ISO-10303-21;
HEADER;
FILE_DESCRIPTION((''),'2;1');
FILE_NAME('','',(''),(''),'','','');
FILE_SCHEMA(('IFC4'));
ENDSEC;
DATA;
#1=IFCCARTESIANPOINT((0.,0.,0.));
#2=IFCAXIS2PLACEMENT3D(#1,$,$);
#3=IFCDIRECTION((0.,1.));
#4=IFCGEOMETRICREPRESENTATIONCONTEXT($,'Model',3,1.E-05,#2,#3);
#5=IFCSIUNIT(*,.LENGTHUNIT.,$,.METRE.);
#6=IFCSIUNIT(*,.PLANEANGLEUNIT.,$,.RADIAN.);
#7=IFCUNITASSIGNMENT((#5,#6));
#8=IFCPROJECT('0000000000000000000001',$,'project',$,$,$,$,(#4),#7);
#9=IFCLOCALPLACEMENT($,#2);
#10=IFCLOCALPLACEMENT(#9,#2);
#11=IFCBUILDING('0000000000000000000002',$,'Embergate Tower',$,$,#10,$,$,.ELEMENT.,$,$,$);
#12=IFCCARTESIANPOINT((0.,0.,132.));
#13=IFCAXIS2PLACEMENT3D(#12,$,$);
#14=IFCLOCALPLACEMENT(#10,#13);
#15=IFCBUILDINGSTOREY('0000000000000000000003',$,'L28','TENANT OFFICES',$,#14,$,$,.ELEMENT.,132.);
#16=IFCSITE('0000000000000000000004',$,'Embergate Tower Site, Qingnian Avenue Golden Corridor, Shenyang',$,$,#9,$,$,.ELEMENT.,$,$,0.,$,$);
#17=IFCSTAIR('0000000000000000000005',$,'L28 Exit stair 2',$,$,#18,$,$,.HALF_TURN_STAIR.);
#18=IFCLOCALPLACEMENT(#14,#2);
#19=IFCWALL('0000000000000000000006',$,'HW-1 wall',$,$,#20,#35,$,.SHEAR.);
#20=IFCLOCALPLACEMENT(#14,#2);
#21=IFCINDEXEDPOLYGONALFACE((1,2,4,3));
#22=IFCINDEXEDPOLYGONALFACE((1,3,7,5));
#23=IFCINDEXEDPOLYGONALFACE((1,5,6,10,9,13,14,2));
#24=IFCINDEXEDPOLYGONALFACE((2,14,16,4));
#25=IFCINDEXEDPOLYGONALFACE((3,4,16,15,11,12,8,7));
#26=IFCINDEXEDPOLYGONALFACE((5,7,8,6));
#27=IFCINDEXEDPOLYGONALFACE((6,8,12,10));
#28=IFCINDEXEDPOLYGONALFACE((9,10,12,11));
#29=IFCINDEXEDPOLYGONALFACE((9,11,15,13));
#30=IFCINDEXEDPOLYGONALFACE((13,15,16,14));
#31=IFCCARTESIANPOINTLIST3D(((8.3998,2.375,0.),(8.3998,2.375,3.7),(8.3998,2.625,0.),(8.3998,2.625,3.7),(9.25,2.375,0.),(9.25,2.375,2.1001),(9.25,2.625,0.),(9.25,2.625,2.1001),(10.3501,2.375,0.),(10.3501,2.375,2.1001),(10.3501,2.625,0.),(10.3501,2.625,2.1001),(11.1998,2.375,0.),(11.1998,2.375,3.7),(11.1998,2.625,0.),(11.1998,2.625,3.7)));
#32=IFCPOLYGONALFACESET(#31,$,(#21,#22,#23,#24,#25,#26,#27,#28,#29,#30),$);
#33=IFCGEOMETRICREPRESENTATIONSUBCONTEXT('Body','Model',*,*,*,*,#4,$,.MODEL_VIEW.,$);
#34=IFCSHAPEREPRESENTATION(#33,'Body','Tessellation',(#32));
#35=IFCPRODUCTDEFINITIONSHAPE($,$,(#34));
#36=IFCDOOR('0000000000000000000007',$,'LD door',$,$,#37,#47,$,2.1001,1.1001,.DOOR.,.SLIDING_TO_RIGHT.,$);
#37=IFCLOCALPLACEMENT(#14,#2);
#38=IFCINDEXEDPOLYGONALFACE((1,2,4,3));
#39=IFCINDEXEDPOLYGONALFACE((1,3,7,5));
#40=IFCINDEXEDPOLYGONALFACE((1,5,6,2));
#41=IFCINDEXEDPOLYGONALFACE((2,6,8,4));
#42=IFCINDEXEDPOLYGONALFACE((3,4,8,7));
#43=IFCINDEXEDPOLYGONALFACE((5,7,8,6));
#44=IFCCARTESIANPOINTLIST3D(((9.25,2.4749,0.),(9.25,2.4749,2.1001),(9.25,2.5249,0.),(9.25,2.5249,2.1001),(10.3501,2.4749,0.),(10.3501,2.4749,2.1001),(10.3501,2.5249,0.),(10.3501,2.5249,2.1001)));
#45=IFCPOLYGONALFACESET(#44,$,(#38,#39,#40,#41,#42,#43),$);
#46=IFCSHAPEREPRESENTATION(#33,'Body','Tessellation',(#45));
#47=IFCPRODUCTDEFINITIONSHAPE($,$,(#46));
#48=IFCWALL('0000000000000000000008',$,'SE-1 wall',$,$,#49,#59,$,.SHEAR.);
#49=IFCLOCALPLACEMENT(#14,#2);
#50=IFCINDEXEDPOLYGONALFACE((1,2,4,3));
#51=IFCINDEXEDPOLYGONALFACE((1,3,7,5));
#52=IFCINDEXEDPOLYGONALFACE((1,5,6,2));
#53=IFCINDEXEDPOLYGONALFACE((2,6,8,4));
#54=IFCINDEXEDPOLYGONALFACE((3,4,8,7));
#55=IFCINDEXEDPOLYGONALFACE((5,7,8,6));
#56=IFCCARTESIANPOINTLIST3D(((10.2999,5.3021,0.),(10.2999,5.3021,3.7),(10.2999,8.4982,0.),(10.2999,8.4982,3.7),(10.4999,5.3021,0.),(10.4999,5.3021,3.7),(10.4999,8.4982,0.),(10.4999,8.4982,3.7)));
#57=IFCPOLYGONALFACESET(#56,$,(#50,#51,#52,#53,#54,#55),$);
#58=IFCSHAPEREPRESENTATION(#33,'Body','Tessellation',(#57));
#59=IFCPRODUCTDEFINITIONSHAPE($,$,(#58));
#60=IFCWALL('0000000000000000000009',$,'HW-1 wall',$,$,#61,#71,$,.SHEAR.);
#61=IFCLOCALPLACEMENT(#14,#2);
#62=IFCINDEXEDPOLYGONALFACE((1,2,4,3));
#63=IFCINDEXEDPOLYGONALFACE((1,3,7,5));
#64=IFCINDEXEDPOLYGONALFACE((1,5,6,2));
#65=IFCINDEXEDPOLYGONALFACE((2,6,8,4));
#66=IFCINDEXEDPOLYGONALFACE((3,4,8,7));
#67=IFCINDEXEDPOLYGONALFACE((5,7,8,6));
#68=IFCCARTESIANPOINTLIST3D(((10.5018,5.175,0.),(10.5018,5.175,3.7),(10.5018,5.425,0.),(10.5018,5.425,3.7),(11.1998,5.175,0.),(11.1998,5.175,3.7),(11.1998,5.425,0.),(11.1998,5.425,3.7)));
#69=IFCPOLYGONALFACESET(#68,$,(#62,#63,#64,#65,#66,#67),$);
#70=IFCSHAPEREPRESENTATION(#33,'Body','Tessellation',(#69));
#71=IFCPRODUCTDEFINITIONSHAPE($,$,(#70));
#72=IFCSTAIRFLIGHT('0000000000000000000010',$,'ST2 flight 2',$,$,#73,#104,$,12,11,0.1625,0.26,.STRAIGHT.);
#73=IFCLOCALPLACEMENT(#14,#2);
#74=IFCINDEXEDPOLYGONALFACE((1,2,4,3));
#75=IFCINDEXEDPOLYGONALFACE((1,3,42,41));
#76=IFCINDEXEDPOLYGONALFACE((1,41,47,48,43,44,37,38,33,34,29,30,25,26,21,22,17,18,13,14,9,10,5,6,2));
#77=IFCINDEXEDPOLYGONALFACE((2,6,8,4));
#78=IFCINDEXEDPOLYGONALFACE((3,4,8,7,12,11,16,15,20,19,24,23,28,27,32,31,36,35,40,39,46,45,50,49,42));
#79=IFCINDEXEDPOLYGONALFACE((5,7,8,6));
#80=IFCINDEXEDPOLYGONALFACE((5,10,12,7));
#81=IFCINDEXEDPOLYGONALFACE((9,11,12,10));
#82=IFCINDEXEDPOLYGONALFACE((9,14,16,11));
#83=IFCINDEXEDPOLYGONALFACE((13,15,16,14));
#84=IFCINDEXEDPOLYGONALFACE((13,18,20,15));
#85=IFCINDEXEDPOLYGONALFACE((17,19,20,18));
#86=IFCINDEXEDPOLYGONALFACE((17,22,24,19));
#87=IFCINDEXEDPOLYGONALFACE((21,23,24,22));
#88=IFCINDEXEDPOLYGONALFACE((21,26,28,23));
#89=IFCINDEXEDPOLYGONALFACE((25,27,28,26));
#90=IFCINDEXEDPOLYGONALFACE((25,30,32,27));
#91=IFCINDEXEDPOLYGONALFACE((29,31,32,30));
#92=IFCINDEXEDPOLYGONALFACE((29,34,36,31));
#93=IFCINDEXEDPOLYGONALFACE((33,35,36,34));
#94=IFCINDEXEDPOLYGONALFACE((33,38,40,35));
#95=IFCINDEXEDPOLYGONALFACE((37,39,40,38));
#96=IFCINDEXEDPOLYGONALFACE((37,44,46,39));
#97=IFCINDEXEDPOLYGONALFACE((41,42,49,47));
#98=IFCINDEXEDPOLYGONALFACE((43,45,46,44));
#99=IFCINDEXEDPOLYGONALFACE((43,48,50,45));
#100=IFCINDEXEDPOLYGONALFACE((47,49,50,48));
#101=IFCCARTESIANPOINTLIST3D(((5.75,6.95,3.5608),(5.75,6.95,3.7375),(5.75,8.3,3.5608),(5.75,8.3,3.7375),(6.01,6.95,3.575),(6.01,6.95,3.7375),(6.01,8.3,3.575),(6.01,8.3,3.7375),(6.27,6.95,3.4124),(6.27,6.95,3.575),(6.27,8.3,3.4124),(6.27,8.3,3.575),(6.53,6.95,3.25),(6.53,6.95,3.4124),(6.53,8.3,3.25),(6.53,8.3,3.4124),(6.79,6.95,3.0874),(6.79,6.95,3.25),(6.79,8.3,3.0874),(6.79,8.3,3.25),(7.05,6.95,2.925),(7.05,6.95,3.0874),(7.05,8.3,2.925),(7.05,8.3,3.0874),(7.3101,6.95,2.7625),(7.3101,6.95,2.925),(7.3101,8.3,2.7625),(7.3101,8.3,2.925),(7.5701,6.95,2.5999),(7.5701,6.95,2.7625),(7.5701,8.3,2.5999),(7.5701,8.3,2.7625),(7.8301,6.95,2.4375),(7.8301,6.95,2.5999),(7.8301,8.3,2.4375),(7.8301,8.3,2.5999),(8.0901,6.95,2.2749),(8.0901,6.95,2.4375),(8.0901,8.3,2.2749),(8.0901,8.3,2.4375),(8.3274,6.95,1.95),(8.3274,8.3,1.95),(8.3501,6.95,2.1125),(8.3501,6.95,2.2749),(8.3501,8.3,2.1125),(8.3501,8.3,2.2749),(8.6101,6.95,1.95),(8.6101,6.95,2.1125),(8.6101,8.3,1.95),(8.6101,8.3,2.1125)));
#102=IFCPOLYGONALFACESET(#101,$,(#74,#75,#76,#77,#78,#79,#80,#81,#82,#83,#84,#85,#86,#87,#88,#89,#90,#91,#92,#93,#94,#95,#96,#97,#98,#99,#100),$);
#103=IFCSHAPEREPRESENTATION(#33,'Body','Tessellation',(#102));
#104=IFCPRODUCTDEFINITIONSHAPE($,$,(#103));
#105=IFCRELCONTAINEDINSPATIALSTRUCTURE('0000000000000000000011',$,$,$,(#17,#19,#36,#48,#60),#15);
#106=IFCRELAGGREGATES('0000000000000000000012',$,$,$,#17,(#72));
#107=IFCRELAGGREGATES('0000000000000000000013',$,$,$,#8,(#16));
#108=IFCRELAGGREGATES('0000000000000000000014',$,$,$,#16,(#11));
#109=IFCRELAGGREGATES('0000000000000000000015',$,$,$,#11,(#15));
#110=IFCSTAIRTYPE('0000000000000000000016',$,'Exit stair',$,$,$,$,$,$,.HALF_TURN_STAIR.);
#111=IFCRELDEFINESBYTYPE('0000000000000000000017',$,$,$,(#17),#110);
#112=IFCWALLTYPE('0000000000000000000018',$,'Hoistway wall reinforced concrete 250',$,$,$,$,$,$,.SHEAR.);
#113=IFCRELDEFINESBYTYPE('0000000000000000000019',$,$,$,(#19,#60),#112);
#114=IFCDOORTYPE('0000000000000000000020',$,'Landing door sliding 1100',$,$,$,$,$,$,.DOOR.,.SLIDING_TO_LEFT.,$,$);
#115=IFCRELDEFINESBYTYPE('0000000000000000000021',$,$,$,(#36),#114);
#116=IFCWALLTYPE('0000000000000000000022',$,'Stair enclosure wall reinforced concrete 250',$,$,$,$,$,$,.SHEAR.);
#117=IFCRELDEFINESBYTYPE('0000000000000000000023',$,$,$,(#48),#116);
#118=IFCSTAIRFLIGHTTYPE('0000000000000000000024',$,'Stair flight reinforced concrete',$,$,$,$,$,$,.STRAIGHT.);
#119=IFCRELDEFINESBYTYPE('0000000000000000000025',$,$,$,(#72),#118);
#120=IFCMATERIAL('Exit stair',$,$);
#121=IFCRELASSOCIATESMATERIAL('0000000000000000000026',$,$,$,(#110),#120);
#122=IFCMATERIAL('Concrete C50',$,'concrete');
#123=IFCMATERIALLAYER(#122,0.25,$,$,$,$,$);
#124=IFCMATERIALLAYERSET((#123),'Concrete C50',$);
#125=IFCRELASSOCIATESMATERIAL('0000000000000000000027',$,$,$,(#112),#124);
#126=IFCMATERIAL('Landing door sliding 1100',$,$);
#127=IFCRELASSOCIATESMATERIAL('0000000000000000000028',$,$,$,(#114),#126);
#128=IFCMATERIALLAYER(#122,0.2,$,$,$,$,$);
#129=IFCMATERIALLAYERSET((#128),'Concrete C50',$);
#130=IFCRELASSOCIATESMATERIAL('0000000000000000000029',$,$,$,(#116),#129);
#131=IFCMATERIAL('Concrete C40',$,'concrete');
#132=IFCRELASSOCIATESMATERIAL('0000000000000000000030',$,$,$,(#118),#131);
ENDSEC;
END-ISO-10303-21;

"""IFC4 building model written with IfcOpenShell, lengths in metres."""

from ifc_helpers import new_model, si_unit, direction, frame, frame_2d, origin, place, context, subcontext, project, spatial, polyline, rectangle, outline, extrude, source, transform, mapped, material, layer, layer_set, type_object, element, fill, aggregate, save


model = new_model("IFC4")

# Units and contexts
model_context = context("Model", 3, precision=1e-05, world=origin(), true_north=direction((0.0, 1.0)))
body_context = subcontext(model_context, "Body", "Model", "MODEL_VIEW")
ifc_project = project(units=[si_unit("LENGTHUNIT", "METRE"), si_unit("PLANEANGLEUNIT", "RADIAN")], contexts=[model_context])

# Site, building, storey
site_placement = place(None, origin())
site = spatial("IfcSite", under=ifc_project, at=site_placement, Name="Embergate Tower Site, Qingnian Avenue Golden Corridor, Shenyang", CompositionType="ELEMENT", RefElevation=0.0)
building_placement = place(site_placement, origin())
building = spatial("IfcBuilding", under=site, at=building_placement, Name="Embergate Tower", CompositionType="ELEMENT")
storey_placement = place(building_placement, frame((0.0, 0.0, 132.0)))
storey = spatial("IfcBuildingStorey", under=building, at=storey_placement, Name="L28", Description="TENANT OFFICES", CompositionType="ELEMENT", Elevation=132.0)

# Stair
ifc_material_1 = material(Name="Exit stair")
stair_type = type_object("IfcStairType", Name="Exit stair", PredefinedType="HALF_TURN_STAIR", material=ifc_material_1)
stair_placement = place(storey_placement, origin())
stair = element("IfcStair", 1, at=stair_placement, inside=storey, type_object=stair_type, Name="L28 Exit stair 2", PredefinedType="HALF_TURN_STAIR")
ifc_material_2 = material(Name="Concrete C40", Category="concrete")

# Shared definitions
ifc_material_3 = material(Name="Concrete C50", Category="concrete")
ifc_layer_1 = layer(ifc_material_3, 0.25)
ifc_layer_set_1 = layer_set([ifc_layer_1], Name="Concrete C50")
wall_type_1 = type_object("IfcWallType", Name="Hoistway wall reinforced concrete 250", PredefinedType="SHEAR", material=ifc_layer_set_1)

# Shared definitions
shared_shape_1 = source(origin(), body_context, "Body", "SweptSolid", [
    extrude(rectangle(XDim=1.1001, YDim=2.1001, at=frame_2d((0.55, 1.05))), frame((0.0, 0.135, 0.0), z_axis=(0.0, -1.0, 0.0), x_axis=(1.0, 0.0, 0.0)), (0.0, 0.0, 1.0), 0.27),
])
ifc_material_4 = material(Name="Landing door sliding 1100")
door_type_1 = type_object("IfcDoorType", Name="Landing door sliding 1100", OperationType="SLIDING_TO_LEFT", PredefinedType="DOOR", material=ifc_material_4)
shared_shape_2 = source(origin(), body_context, "Body", "SweptSolid", [
    extrude(rectangle(XDim=1.1001, YDim=2.1001, at=frame_2d((0.55, 1.05))), frame((0.0, 0.0249, 0.0), z_axis=(0.0, -1.0, 0.0), x_axis=(1.0, 0.0, 0.0)), (0.0, 0.0, 1.0), 0.05),
])

# Shared definitions
ifc_layer_2 = layer(ifc_material_3, 0.2)
ifc_layer_set_2 = layer_set([ifc_layer_2], Name="Concrete C50")
wall_type_2 = type_object("IfcWallType", Name="Stair enclosure wall reinforced concrete 250", PredefinedType="SHEAR", material=ifc_layer_set_2)

# Wall, opening, door
shared_shape_3 = source(origin(), body_context, "Body", "SweptSolid", [
    extrude(rectangle(XDim=2.8, YDim=0.25, at=frame_2d((1.3999, 0.0))), origin(), (0.0, 0.0, 1.0), 3.7),
])
wall_1_placement = place(storey_placement, frame((8.3999, 2.5, 0.0), z_axis=(0.0, 0.0, 1.0), x_axis=(1.0, 0.0, 0.0)))
wall_1 = element("IfcWall", 2, at=wall_1_placement, inside=storey, type_object=wall_type_1, Name="HW-1 wall", PredefinedType="SHEAR", context=body_context, shape_type="MappedRepresentation", body=[
    mapped(shared_shape_3, transform((0.0, 0.0, 0.0))),
])
opening_1_placement = place(wall_1_placement, frame((0.8501, 0.0, 0.0)))
opening_1 = element("IfcOpeningElement", 3, at=opening_1_placement, cuts=wall_1, PredefinedType="OPENING", context=body_context, shape_type="MappedRepresentation", body=[
    mapped(shared_shape_1, transform((0.0, 0.0, 0.0))),
])
door_1_placement = place(opening_1_placement, origin())
door_1 = element("IfcDoor", 4, at=door_1_placement, inside=storey, type_object=door_type_1, Name="LD door", OperationType="SLIDING_TO_RIGHT", OverallHeight=2.1001, OverallWidth=1.1001, PredefinedType="DOOR", context=body_context, shape_type="MappedRepresentation", body=[
    mapped(shared_shape_2, transform((0.0, 0.0, 0.0))),
])
fill(opening_1, door_1)

# Walls
shared_shape_4 = source(origin(), body_context, "Body", "SweptSolid", [
    extrude(rectangle(XDim=3.196, YDim=0.2, at=frame_2d((1.5981, 0.0))), origin(), (0.0, 0.0, 1.0), 3.7),
])
wall_2_placement = place(storey_placement, frame((10.3999, 5.302, 0.0), z_axis=(0.0, 0.0, 1.0), x_axis=(0.0, 1.0, 0.0)))
element("IfcWall", 5, at=wall_2_placement, inside=storey, type_object=wall_type_2, Name="SE-1 wall", PredefinedType="SHEAR", context=body_context, shape_type="MappedRepresentation", body=[
    mapped(shared_shape_4, transform((0.0, 0.0, 0.0))),
])
shared_shape_5 = source(origin(), body_context, "Body", "SweptSolid", [
    extrude(rectangle(XDim=0.698, YDim=0.25, at=frame_2d((0.3491, 0.0))), origin(), (0.0, 0.0, 1.0), 3.7),
])
wall_3_placement = place(storey_placement, frame((11.2, 5.3, 0.0), z_axis=(0.0, 0.0, 1.0), x_axis=(-1.0, 0.0, 0.0)))
element("IfcWall", 6, at=wall_3_placement, inside=storey, type_object=wall_type_1, Name="HW-1 wall", PredefinedType="SHEAR", context=body_context, shape_type="MappedRepresentation", body=[
    mapped(shared_shape_5, transform((0.0, 0.0, 0.0))),
])

# Stair flight
stair_flight_type = type_object("IfcStairFlightType", Name="Stair flight reinforced concrete", PredefinedType="STRAIGHT", material=ifc_material_2)
shared_shape_6 = source(origin(), body_context, "Body", "SweptSolid", [
    extrude(outline(polyline([(0.0, 0.0), (0.0, 0.1626), (0.26, 0.1626), (0.26, 0.325), (0.52, 0.325), (0.52, 0.4875), (0.78, 0.4875), (0.78, 0.6499), (1.04, 0.6499), (1.04, 0.8125), (1.3, 0.8125), (1.3, 0.9751), (1.5601, 0.9751), (1.5601, 1.1375), (1.8201, 1.1375), (1.8201, 1.3), (2.0801, 1.3), (2.0801, 1.4624), (2.3401, 1.4624), (2.3401, 1.625), (2.6001, 1.625), (2.6001, 1.7876), (2.8601, 1.7876), (2.8601, 1.95), (2.8601, 1.6108), (0.2827, 0.0), (0.0, 0.0)])), frame((0.0, 0.675, 0.0), z_axis=(0.0, -1.0, 0.0), x_axis=(1.0, 0.0, 0.0)), (0.0, 0.0, 1.0), 1.3501),
])
stair_flight_placement = place(storey_placement, frame((8.6101, 7.625, 1.95), z_axis=(0.0, 0.0, 1.0), x_axis=(-1.0, 0.0, 0.0)))
stair_flight = element("IfcStairFlight", 7, at=stair_flight_placement, type_object=stair_flight_type, Name="ST2 flight 2", NumberOfRisers=12, NumberOfTreads=11, PredefinedType="STRAIGHT", RiserHeight=0.1625, TreadLength=0.26, context=body_context, shape_type="MappedRepresentation", body=[
    mapped(shared_shape_6, transform((0.0, 0.0, 0.0))),
])
aggregate(stair, [stair_flight])

save(model, "model.ifc")
